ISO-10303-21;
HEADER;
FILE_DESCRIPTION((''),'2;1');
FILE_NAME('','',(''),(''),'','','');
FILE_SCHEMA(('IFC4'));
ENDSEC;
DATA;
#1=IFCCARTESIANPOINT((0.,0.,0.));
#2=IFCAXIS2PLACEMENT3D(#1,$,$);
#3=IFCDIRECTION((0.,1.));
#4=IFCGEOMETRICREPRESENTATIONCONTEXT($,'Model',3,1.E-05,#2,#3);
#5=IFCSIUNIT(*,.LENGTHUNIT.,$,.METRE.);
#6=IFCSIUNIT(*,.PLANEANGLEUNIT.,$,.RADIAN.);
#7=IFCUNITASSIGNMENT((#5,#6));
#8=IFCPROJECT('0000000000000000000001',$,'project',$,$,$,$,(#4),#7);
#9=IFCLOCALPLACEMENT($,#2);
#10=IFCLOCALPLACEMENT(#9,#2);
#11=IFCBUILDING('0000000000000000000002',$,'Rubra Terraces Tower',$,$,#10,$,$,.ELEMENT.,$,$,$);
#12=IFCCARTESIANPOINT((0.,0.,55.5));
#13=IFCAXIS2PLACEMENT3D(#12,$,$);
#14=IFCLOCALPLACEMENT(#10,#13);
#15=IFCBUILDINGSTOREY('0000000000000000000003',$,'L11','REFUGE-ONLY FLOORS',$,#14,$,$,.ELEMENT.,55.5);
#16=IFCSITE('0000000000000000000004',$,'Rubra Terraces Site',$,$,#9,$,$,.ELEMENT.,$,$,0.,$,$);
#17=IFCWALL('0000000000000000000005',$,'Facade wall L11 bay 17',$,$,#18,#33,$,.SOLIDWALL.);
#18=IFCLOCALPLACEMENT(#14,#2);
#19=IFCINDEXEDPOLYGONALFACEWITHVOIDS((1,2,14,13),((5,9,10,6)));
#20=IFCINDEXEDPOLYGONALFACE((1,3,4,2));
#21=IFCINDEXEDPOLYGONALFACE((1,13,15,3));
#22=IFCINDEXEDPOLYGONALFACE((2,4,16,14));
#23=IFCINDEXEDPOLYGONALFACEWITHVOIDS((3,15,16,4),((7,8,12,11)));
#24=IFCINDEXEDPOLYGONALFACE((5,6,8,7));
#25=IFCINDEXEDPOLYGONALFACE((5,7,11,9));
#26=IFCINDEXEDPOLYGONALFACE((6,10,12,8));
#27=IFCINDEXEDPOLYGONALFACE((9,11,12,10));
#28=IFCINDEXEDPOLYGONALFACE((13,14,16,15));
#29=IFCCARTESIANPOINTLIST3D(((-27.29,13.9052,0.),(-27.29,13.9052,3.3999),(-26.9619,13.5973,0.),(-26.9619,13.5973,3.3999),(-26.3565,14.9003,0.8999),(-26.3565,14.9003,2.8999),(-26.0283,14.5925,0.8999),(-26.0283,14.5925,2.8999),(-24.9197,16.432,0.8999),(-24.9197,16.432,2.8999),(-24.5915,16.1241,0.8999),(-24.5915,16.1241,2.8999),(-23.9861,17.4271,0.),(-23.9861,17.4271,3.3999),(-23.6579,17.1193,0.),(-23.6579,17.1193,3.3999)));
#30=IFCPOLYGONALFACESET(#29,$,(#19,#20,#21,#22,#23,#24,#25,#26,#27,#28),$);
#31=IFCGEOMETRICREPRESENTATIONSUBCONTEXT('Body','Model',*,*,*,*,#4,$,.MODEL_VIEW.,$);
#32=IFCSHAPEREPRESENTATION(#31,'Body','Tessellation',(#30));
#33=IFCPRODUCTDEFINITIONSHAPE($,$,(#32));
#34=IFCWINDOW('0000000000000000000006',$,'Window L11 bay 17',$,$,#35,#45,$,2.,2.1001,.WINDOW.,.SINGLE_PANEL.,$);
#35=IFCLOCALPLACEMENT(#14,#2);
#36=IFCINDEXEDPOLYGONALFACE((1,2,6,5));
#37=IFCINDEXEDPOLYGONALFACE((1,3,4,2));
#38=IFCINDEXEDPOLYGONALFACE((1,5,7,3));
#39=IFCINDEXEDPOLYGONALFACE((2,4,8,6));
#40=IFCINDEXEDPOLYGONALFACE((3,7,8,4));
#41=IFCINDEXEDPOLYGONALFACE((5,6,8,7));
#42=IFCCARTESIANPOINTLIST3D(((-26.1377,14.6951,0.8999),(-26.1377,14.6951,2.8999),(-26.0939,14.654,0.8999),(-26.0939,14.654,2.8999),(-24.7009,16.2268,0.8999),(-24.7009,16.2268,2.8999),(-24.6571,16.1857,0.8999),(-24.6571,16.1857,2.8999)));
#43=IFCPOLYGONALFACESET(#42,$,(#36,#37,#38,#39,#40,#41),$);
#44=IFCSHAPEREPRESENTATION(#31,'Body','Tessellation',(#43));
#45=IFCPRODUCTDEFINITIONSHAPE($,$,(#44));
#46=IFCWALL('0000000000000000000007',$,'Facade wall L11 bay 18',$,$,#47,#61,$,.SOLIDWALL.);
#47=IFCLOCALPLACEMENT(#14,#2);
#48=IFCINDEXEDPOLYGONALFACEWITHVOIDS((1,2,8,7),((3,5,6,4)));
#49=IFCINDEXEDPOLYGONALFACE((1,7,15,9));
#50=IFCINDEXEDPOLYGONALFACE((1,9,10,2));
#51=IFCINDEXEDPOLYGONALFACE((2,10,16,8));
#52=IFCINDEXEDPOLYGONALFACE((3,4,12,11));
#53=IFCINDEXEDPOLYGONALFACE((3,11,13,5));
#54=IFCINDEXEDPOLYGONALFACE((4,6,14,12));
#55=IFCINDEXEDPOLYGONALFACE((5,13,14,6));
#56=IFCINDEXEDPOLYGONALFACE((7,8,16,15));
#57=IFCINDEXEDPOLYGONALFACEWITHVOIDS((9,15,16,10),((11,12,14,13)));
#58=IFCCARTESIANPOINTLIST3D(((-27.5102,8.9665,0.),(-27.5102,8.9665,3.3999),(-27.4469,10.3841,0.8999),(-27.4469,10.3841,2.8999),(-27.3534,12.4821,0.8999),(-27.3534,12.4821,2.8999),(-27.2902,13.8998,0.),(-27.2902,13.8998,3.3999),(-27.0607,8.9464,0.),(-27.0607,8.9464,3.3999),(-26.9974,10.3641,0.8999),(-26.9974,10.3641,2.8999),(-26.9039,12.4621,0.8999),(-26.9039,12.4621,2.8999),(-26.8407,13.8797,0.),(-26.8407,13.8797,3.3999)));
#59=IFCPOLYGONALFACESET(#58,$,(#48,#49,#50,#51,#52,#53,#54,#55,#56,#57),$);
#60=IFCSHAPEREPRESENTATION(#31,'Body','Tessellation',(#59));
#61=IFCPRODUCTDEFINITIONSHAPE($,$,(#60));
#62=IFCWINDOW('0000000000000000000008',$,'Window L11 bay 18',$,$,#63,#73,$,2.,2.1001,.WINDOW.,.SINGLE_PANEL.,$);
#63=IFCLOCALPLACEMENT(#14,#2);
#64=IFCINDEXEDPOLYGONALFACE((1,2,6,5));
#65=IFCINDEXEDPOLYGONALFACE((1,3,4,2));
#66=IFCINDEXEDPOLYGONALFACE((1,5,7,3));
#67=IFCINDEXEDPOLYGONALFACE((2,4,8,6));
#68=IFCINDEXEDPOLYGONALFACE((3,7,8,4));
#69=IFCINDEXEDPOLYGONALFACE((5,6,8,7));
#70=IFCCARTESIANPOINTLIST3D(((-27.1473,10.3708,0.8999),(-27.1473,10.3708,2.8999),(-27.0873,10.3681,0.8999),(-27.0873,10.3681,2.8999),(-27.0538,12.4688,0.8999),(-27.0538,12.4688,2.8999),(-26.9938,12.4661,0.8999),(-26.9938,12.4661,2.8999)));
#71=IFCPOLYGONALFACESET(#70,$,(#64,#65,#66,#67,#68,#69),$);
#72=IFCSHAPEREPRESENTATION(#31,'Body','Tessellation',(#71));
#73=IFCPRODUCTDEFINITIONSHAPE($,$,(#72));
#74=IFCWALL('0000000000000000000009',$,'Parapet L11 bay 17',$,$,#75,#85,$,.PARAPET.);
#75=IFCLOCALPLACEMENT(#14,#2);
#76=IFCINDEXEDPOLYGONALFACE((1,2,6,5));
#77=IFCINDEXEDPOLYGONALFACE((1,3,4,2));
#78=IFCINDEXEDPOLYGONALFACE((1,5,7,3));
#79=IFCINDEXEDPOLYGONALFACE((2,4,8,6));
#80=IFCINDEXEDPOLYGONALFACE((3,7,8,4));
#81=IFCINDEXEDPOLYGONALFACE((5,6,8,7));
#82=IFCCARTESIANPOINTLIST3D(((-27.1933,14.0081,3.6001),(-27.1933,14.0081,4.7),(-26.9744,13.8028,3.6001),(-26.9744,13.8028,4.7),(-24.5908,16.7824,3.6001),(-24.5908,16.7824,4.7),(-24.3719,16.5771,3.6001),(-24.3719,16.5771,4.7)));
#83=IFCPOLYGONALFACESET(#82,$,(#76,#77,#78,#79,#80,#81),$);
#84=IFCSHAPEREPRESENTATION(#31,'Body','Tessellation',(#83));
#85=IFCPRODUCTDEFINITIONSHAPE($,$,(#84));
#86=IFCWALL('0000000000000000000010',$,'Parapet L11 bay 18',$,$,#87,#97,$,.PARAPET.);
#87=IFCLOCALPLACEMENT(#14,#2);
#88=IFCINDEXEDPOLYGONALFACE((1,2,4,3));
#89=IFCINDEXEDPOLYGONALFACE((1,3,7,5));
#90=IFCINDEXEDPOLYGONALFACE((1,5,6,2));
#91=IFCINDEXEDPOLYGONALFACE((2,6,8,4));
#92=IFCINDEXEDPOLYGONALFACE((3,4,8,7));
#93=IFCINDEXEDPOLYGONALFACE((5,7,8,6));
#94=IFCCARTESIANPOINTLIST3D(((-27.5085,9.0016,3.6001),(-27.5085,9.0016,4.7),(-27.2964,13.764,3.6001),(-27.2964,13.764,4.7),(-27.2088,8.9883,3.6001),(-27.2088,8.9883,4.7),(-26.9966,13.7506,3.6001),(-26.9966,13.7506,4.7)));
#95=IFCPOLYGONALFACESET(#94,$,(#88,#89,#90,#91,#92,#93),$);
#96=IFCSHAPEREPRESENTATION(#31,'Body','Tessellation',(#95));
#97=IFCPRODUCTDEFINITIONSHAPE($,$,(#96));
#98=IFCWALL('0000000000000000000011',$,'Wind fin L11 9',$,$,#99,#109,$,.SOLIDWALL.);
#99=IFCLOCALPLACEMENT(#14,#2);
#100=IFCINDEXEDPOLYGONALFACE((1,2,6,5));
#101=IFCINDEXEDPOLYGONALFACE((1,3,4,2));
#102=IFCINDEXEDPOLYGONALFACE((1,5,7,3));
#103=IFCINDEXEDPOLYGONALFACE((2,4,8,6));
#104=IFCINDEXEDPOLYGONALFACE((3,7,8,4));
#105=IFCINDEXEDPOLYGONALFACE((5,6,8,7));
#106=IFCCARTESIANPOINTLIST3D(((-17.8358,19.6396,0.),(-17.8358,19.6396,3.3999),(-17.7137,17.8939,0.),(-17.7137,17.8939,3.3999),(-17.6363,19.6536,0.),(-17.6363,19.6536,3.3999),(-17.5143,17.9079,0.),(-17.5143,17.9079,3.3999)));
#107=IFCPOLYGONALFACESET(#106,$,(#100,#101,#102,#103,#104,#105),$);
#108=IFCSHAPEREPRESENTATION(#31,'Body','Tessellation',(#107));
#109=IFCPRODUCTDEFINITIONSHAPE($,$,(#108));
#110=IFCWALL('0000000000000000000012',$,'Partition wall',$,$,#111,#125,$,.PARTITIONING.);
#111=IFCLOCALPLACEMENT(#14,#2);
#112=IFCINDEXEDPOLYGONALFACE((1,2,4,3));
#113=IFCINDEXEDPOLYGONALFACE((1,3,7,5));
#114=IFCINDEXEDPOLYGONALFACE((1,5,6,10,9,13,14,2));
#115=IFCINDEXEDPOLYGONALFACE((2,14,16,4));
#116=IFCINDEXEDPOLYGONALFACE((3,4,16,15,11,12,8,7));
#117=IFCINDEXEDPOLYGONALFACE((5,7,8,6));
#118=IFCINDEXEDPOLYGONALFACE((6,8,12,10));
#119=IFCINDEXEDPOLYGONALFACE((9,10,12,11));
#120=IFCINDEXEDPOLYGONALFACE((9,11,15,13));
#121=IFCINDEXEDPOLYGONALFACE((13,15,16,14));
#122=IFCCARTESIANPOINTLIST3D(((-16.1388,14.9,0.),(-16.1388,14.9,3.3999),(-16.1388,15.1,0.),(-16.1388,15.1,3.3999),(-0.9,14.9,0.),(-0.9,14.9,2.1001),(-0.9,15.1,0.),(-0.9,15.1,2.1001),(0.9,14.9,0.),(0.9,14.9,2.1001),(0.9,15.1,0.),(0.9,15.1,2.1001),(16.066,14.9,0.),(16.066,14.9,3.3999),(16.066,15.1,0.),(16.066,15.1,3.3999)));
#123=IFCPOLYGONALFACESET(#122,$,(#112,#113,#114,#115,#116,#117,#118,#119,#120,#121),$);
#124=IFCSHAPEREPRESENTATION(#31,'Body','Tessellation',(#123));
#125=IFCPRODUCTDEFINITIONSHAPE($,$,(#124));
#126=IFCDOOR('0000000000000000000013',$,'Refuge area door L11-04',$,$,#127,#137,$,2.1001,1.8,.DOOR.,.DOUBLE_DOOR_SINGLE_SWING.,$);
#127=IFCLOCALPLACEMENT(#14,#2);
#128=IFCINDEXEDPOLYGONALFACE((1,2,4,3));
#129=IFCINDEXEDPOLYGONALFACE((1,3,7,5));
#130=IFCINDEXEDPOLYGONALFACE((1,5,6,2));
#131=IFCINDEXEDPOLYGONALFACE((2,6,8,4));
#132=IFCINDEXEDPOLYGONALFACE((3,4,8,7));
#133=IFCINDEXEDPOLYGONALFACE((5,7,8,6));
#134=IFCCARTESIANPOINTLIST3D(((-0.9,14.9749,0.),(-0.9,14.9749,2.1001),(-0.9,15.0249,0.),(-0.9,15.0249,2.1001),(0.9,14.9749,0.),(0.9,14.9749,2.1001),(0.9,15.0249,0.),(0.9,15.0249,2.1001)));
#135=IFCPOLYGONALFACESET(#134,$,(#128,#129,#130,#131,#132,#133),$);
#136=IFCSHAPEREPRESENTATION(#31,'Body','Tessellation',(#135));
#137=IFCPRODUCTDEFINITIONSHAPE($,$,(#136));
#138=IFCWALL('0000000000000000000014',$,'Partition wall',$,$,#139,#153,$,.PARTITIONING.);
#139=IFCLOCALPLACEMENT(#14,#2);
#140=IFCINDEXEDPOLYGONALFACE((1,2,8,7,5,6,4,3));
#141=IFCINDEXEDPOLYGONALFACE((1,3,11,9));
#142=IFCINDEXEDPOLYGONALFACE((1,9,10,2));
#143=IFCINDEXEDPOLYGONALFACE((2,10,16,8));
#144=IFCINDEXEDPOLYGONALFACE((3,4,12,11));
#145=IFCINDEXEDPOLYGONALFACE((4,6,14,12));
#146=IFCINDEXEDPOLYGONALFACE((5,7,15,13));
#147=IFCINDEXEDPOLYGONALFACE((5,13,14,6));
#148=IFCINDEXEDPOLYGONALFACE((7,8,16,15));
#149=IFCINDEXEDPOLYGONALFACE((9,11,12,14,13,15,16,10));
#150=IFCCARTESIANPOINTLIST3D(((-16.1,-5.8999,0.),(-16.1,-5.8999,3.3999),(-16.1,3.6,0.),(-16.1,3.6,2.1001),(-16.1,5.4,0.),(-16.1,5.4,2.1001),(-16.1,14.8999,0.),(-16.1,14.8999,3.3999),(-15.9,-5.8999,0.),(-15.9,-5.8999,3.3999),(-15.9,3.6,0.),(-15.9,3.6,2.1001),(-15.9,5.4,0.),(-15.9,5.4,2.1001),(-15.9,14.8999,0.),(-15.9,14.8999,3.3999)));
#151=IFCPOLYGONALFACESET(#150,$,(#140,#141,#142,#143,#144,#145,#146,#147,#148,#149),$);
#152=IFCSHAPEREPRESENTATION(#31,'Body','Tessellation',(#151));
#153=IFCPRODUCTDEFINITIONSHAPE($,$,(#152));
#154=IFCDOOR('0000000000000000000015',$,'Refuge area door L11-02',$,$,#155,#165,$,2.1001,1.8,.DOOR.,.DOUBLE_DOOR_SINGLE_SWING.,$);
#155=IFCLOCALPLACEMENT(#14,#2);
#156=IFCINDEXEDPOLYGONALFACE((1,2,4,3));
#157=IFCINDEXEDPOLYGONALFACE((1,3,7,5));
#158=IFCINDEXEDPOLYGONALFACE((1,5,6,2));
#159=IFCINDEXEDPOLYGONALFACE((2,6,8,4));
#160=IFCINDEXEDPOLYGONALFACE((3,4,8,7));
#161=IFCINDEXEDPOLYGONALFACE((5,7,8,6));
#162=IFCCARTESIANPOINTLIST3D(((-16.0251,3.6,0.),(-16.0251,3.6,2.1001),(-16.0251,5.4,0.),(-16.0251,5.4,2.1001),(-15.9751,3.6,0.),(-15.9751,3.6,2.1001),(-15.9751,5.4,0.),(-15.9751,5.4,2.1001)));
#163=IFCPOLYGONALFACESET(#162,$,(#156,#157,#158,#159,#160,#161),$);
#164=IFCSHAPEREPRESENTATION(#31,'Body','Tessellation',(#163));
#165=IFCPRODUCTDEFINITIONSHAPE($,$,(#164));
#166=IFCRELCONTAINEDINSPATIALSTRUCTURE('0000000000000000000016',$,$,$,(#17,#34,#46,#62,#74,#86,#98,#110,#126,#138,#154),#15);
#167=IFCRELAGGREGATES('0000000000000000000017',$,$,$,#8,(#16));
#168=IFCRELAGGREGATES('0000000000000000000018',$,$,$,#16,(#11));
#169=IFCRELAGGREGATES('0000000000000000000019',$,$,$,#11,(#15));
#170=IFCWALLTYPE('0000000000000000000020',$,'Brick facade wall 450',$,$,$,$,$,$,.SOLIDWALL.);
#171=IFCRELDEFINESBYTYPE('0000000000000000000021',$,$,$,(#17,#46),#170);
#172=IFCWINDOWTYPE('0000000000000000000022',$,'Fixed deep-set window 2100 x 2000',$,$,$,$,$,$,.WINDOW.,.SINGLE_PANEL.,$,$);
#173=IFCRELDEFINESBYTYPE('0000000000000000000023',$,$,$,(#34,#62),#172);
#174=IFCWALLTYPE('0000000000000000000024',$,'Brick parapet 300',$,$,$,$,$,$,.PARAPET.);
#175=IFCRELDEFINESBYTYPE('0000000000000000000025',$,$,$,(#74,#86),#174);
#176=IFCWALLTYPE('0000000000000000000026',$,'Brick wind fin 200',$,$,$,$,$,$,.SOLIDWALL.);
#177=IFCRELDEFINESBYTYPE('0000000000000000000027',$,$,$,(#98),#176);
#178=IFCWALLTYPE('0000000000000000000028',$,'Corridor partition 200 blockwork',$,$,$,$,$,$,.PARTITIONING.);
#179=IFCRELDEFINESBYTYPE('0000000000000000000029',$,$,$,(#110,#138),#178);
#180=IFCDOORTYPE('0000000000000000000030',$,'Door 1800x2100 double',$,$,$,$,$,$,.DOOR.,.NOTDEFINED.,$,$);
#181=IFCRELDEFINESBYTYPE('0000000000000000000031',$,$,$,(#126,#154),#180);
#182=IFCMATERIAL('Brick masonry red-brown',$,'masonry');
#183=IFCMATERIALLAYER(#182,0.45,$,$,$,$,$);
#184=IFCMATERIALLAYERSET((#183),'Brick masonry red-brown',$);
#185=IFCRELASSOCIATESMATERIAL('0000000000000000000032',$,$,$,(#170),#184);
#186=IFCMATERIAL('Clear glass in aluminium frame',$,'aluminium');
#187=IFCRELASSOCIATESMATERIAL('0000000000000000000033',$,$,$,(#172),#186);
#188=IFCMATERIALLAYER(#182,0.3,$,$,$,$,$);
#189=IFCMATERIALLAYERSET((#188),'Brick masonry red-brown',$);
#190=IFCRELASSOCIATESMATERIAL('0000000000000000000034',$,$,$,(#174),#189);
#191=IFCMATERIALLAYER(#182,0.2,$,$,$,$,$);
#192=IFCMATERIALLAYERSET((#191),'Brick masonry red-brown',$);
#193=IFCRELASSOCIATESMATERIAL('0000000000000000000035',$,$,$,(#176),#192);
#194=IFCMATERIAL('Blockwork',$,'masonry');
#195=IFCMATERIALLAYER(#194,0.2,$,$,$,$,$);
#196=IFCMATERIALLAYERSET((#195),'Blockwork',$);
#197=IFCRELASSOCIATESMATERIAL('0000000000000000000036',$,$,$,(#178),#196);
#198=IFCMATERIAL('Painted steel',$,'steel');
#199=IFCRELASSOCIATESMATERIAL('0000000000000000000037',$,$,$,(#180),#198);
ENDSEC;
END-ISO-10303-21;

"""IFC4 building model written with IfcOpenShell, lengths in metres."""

from ifc_helpers import new_model, si_unit, direction, frame, frame_2d, origin, place, context, subcontext, project, spatial, rectangle, extrude, material, layer, layer_set, type_object, element, fill, save


model = new_model("IFC4")

# Units and contexts
model_context = context("Model", 3, precision=1e-05, world=origin(), true_north=direction((0.0, 1.0)))
body_context = subcontext(model_context, "Body", "Model", "MODEL_VIEW")
ifc_project = project(units=[si_unit("LENGTHUNIT", "METRE"), si_unit("PLANEANGLEUNIT", "RADIAN")], contexts=[model_context])

# Site, building, storey
site_placement = place(None, origin())
site = spatial("IfcSite", under=ifc_project, at=site_placement, Name="Rubra Terraces Site", CompositionType="ELEMENT", RefElevation=0.0)
building_placement = place(site_placement, origin())
building = spatial("IfcBuilding", under=site, at=building_placement, Name="Rubra Terraces Tower", CompositionType="ELEMENT")
storey_placement = place(building_placement, frame((0.0, 0.0, 55.5)))
storey = spatial("IfcBuildingStorey", under=building, at=storey_placement, Name="L11", Description="REFUGE-ONLY FLOORS", CompositionType="ELEMENT", Elevation=55.5)

# Walls, openings, windows
ifc_material_1 = material(Name="Brick masonry red-brown", Category="masonry")
ifc_layer_1 = layer(ifc_material_1, 0.45)
ifc_layer_set_1 = layer_set([ifc_layer_1], Name="Brick masonry red-brown")
wall_type_1 = type_object("IfcWallType", Name="Brick facade wall 450", PredefinedType="SOLIDWALL", material=ifc_layer_set_1)
ifc_material_2 = material(Name="Clear glass in aluminium frame", Category="aluminium")
window_type_1 = type_object("IfcWindowType", Name="Fixed deep-set window 2100 x 2000", PartitioningType="SINGLE_PANEL", PredefinedType="WINDOW", material=ifc_material_2)
wall_1_placement = place(storey_placement, frame((-23.822, 17.2732, 0.0), z_axis=(0.0, 0.0, 1.0), x_axis=(-0.684173, -0.72932, 0.0)))
wall_1 = element("IfcWall", 1, at=wall_1_placement, inside=storey, type_object=wall_type_1, Name="Facade wall L11 bay 17", PredefinedType="SOLIDWALL", context=body_context, shape_type="SweptSolid", body=[
    extrude(rectangle(XDim=4.8291, YDim=0.45, at=frame_2d((2.4146, 0.0))), origin(), (0.0, 0.0, 1.0), 3.3999),
])
opening_1_placement = place(wall_1_placement, frame((1.3645, 0.0, 0.8999)))
opening_1 = element("IfcOpeningElement", 2, at=opening_1_placement, cuts=wall_1, PredefinedType="OPENING", context=body_context, shape_type="SweptSolid", body=[
    extrude(rectangle(XDim=2.1001, YDim=2.0, at=frame_2d((1.05, 1.0))), frame((0.0, 0.2349, 0.0), z_axis=(0.0, -1.0, 0.0), x_axis=(1.0, 0.0, 0.0)), (0.0, 0.0, 1.0), 0.47),
])
window_1_placement = place(opening_1_placement, origin())
window_1 = element("IfcWindow", 3, at=window_1_placement, inside=storey, type_object=window_type_1, Name="Window L11 bay 17", OverallHeight=2.0, OverallWidth=2.1001, PartitioningType="SINGLE_PANEL", PredefinedType="WINDOW", context=body_context, shape_type="SweptSolid", body=[
    extrude(rectangle(XDim=2.1001, YDim=2.0, at=frame_2d((1.05, 1.0))), frame((0.0, 0.135, 0.0), z_axis=(0.0, -1.0, 0.0), x_axis=(1.0, 0.0, 0.0)), (0.0, 0.0, 1.0), 0.0601),
])
fill(opening_1, window_1)
wall_2_placement = place(storey_placement, frame((-27.0654, 13.8899, 0.0), z_axis=(0.0, 0.0, 1.0), x_axis=(-0.044544, -0.999007, 0.0)))
wall_2 = element("IfcWall", 4, at=wall_2_placement, inside=storey, type_object=wall_type_1, Name="Facade wall L11 bay 18", PredefinedType="SOLIDWALL", context=body_context, shape_type="SweptSolid", body=[
    extrude(rectangle(XDim=4.9382, YDim=0.45, at=frame_2d((2.4692, 0.0))), origin(), (0.0, 0.0, 1.0), 3.3999),
])
opening_2_placement = place(wall_2_placement, frame((1.4192, 0.0, 0.8999)))
opening_2 = element("IfcOpeningElement", 5, at=opening_2_placement, cuts=wall_2, PredefinedType="OPENING", context=body_context, shape_type="SweptSolid", body=[
    extrude(rectangle(XDim=2.1001, YDim=2.0, at=frame_2d((1.05, 1.0))), frame((0.0, 0.2349, 0.0), z_axis=(0.0, -1.0, 0.0), x_axis=(1.0, 0.0, 0.0)), (0.0, 0.0, 1.0), 0.47),
])
window_2_placement = place(opening_2_placement, origin())
window_2 = element("IfcWindow", 6, at=window_2_placement, inside=storey, type_object=window_type_1, Name="Window L11 bay 18", OverallHeight=2.0, OverallWidth=2.1001, PartitioningType="SINGLE_PANEL", PredefinedType="WINDOW", context=body_context, shape_type="SweptSolid", body=[
    extrude(rectangle(XDim=2.1001, YDim=2.0, at=frame_2d((1.05, 1.0))), frame((0.0, 0.135, 0.0), z_axis=(0.0, -1.0, 0.0), x_axis=(1.0, 0.0, 0.0)), (0.0, 0.0, 1.0), 0.0601),
])
fill(opening_2, window_2)

# Walls
ifc_layer_2 = layer(ifc_material_1, 0.3)
ifc_layer_set_2 = layer_set([ifc_layer_2], Name="Brick masonry red-brown")
wall_type_2 = type_object("IfcWallType", Name="Brick parapet 300", PredefinedType="PARAPET", material=ifc_layer_set_2)
wall_3_placement = place(storey_placement, frame((-24.4814, 16.6797, 3.6001), z_axis=(0.0, 0.0, 1.0), x_axis=(-0.684155, -0.729337, 0.0)))
element("IfcWall", 7, at=wall_3_placement, inside=storey, type_object=wall_type_2, Name="Parapet L11 bay 17", PredefinedType="PARAPET", context=body_context, shape_type="SweptSolid", body=[
    extrude(rectangle(XDim=3.804, YDim=0.3, at=frame_2d((1.9019, 0.0))), origin(), (0.0, 0.0, 1.0), 1.0999),
])
wall_4_placement = place(storey_placement, frame((-27.1465, 13.7573, 3.6001), z_axis=(0.0, 0.0, 1.0), x_axis=(-0.044504, -0.999009, 0.0)))
element("IfcWall", 8, at=wall_4_placement, inside=storey, type_object=wall_type_2, Name="Parapet L11 bay 18", PredefinedType="PARAPET", context=body_context, shape_type="SweptSolid", body=[
    extrude(rectangle(XDim=4.7671, YDim=0.3, at=frame_2d((2.3835, 0.0))), origin(), (0.0, 0.0, 1.0), 1.0999),
])
ifc_layer_3 = layer(ifc_material_1, 0.2)
ifc_layer_set_3 = layer_set([ifc_layer_3], Name="Brick masonry red-brown")
wall_type_3 = type_object("IfcWallType", Name="Brick wind fin 200", PredefinedType="SOLIDWALL", material=ifc_layer_set_3)
wall_5_placement = place(storey_placement, frame((-17.614, 17.9009, 0.0), z_axis=(0.0, 0.0, 1.0), x_axis=(-0.06975, 0.997565, 0.0)))
element("IfcWall", 9, at=wall_5_placement, inside=storey, type_object=wall_type_3, Name="Wind fin L11 9", PredefinedType="SOLIDWALL", context=body_context, shape_type="SweptSolid", body=[
    extrude(rectangle(XDim=1.75, YDim=0.2, at=frame_2d((0.875, 0.0))), origin(), (0.0, 0.0, 1.0), 3.3999),
])

# Walls, openings, doors
ifc_material_3 = material(Name="Blockwork", Category="masonry")
ifc_layer_4 = layer(ifc_material_3, 0.2)
ifc_layer_set_4 = layer_set([ifc_layer_4], Name="Blockwork")
wall_type_4 = type_object("IfcWallType", Name="Corridor partition 200 blockwork", PredefinedType="PARTITIONING", material=ifc_layer_set_4)
wall_6_placement = place(storey_placement, frame((-16.1389, 15.0, 0.0), z_axis=(0.0, 0.0, 1.0), x_axis=(1.0, 0.0, 0.0)))
wall_6 = element("IfcWall", 10, at=wall_6_placement, inside=storey, type_object=wall_type_4, Name="Partition wall", PredefinedType="PARTITIONING", context=body_context, shape_type="SweptSolid", body=[
    extrude(rectangle(XDim=32.2048, YDim=0.2, at=frame_2d((16.1025, 0.0))), origin(), (0.0, 0.0, 1.0), 3.3999),
])
opening_3_placement = place(wall_6_placement, frame((15.239, 0.0, 0.0)))
opening_3 = element("IfcOpeningElement", 11, at=opening_3_placement, cuts=wall_6, PredefinedType="OPENING", context=body_context, shape_type="SweptSolid", body=[
    extrude(rectangle(XDim=1.8, YDim=2.1001, at=frame_2d((0.8999, 1.05))), frame((0.0, 0.1099, 0.0), z_axis=(0.0, -1.0, 0.0), x_axis=(1.0, 0.0, 0.0)), (0.0, 0.0, 1.0), 0.22),
])
ifc_material_4 = material(Name="Painted steel", Category="steel")
door_type = type_object("IfcDoorType", Name="Door 1800x2100 double", OperationType="NOTDEFINED", PredefinedType="DOOR", material=ifc_material_4)
door_1_placement = place(opening_3_placement, origin())
door_1 = element("IfcDoor", 12, at=door_1_placement, inside=storey, type_object=door_type, Name="Refuge area door L11-04", OperationType="DOUBLE_DOOR_SINGLE_SWING", OverallHeight=2.1001, OverallWidth=1.8, PredefinedType="DOOR", context=body_context, shape_type="SweptSolid", body=[
    extrude(rectangle(XDim=1.8, YDim=2.1001, at=frame_2d((0.8999, 1.05))), frame((0.0, 0.0249, 0.0), z_axis=(0.0, -1.0, 0.0), x_axis=(1.0, 0.0, 0.0)), (0.0, 0.0, 1.0), 0.05),
])
fill(opening_3, door_1)
wall_7_placement = place(storey_placement, frame((-16.0, 14.8999, 0.0), z_axis=(0.0, 0.0, 1.0), x_axis=(0.0, -1.0, 0.0)))
wall_7 = element("IfcWall", 13, at=wall_7_placement, inside=storey, type_object=wall_type_4, Name="Partition wall", PredefinedType="PARTITIONING", context=body_context, shape_type="SweptSolid", body=[
    extrude(rectangle(XDim=20.7998, YDim=0.2, at=frame_2d((10.3999, 0.0))), origin(), (0.0, 0.0, 1.0), 3.3999),
])
opening_4_placement = place(wall_7_placement, frame((9.5, 0.0, 0.0)))
opening_4 = element("IfcOpeningElement", 14, at=opening_4_placement, cuts=wall_7, PredefinedType="OPENING", context=body_context, shape_type="SweptSolid", body=[
    extrude(rectangle(XDim=1.8, YDim=2.1001, at=frame_2d((0.8999, 1.05))), frame((0.0, 0.1099, 0.0), z_axis=(0.0, -1.0, 0.0), x_axis=(1.0, 0.0, 0.0)), (0.0, 0.0, 1.0), 0.22),
])
door_2_placement = place(opening_4_placement, origin())
door_2 = element("IfcDoor", 15, at=door_2_placement, inside=storey, type_object=door_type, Name="Refuge area door L11-02", OperationType="DOUBLE_DOOR_SINGLE_SWING", OverallHeight=2.1001, OverallWidth=1.8, PredefinedType="DOOR", context=body_context, shape_type="SweptSolid", body=[
    extrude(rectangle(XDim=1.8, YDim=2.1001, at=frame_2d((0.8999, 1.05))), frame((0.0, 0.0249, 0.0), z_axis=(0.0, -1.0, 0.0), x_axis=(1.0, 0.0, 0.0)), (0.0, 0.0, 1.0), 0.05),
])
fill(opening_4, door_2)

save(model, "model.ifc")
